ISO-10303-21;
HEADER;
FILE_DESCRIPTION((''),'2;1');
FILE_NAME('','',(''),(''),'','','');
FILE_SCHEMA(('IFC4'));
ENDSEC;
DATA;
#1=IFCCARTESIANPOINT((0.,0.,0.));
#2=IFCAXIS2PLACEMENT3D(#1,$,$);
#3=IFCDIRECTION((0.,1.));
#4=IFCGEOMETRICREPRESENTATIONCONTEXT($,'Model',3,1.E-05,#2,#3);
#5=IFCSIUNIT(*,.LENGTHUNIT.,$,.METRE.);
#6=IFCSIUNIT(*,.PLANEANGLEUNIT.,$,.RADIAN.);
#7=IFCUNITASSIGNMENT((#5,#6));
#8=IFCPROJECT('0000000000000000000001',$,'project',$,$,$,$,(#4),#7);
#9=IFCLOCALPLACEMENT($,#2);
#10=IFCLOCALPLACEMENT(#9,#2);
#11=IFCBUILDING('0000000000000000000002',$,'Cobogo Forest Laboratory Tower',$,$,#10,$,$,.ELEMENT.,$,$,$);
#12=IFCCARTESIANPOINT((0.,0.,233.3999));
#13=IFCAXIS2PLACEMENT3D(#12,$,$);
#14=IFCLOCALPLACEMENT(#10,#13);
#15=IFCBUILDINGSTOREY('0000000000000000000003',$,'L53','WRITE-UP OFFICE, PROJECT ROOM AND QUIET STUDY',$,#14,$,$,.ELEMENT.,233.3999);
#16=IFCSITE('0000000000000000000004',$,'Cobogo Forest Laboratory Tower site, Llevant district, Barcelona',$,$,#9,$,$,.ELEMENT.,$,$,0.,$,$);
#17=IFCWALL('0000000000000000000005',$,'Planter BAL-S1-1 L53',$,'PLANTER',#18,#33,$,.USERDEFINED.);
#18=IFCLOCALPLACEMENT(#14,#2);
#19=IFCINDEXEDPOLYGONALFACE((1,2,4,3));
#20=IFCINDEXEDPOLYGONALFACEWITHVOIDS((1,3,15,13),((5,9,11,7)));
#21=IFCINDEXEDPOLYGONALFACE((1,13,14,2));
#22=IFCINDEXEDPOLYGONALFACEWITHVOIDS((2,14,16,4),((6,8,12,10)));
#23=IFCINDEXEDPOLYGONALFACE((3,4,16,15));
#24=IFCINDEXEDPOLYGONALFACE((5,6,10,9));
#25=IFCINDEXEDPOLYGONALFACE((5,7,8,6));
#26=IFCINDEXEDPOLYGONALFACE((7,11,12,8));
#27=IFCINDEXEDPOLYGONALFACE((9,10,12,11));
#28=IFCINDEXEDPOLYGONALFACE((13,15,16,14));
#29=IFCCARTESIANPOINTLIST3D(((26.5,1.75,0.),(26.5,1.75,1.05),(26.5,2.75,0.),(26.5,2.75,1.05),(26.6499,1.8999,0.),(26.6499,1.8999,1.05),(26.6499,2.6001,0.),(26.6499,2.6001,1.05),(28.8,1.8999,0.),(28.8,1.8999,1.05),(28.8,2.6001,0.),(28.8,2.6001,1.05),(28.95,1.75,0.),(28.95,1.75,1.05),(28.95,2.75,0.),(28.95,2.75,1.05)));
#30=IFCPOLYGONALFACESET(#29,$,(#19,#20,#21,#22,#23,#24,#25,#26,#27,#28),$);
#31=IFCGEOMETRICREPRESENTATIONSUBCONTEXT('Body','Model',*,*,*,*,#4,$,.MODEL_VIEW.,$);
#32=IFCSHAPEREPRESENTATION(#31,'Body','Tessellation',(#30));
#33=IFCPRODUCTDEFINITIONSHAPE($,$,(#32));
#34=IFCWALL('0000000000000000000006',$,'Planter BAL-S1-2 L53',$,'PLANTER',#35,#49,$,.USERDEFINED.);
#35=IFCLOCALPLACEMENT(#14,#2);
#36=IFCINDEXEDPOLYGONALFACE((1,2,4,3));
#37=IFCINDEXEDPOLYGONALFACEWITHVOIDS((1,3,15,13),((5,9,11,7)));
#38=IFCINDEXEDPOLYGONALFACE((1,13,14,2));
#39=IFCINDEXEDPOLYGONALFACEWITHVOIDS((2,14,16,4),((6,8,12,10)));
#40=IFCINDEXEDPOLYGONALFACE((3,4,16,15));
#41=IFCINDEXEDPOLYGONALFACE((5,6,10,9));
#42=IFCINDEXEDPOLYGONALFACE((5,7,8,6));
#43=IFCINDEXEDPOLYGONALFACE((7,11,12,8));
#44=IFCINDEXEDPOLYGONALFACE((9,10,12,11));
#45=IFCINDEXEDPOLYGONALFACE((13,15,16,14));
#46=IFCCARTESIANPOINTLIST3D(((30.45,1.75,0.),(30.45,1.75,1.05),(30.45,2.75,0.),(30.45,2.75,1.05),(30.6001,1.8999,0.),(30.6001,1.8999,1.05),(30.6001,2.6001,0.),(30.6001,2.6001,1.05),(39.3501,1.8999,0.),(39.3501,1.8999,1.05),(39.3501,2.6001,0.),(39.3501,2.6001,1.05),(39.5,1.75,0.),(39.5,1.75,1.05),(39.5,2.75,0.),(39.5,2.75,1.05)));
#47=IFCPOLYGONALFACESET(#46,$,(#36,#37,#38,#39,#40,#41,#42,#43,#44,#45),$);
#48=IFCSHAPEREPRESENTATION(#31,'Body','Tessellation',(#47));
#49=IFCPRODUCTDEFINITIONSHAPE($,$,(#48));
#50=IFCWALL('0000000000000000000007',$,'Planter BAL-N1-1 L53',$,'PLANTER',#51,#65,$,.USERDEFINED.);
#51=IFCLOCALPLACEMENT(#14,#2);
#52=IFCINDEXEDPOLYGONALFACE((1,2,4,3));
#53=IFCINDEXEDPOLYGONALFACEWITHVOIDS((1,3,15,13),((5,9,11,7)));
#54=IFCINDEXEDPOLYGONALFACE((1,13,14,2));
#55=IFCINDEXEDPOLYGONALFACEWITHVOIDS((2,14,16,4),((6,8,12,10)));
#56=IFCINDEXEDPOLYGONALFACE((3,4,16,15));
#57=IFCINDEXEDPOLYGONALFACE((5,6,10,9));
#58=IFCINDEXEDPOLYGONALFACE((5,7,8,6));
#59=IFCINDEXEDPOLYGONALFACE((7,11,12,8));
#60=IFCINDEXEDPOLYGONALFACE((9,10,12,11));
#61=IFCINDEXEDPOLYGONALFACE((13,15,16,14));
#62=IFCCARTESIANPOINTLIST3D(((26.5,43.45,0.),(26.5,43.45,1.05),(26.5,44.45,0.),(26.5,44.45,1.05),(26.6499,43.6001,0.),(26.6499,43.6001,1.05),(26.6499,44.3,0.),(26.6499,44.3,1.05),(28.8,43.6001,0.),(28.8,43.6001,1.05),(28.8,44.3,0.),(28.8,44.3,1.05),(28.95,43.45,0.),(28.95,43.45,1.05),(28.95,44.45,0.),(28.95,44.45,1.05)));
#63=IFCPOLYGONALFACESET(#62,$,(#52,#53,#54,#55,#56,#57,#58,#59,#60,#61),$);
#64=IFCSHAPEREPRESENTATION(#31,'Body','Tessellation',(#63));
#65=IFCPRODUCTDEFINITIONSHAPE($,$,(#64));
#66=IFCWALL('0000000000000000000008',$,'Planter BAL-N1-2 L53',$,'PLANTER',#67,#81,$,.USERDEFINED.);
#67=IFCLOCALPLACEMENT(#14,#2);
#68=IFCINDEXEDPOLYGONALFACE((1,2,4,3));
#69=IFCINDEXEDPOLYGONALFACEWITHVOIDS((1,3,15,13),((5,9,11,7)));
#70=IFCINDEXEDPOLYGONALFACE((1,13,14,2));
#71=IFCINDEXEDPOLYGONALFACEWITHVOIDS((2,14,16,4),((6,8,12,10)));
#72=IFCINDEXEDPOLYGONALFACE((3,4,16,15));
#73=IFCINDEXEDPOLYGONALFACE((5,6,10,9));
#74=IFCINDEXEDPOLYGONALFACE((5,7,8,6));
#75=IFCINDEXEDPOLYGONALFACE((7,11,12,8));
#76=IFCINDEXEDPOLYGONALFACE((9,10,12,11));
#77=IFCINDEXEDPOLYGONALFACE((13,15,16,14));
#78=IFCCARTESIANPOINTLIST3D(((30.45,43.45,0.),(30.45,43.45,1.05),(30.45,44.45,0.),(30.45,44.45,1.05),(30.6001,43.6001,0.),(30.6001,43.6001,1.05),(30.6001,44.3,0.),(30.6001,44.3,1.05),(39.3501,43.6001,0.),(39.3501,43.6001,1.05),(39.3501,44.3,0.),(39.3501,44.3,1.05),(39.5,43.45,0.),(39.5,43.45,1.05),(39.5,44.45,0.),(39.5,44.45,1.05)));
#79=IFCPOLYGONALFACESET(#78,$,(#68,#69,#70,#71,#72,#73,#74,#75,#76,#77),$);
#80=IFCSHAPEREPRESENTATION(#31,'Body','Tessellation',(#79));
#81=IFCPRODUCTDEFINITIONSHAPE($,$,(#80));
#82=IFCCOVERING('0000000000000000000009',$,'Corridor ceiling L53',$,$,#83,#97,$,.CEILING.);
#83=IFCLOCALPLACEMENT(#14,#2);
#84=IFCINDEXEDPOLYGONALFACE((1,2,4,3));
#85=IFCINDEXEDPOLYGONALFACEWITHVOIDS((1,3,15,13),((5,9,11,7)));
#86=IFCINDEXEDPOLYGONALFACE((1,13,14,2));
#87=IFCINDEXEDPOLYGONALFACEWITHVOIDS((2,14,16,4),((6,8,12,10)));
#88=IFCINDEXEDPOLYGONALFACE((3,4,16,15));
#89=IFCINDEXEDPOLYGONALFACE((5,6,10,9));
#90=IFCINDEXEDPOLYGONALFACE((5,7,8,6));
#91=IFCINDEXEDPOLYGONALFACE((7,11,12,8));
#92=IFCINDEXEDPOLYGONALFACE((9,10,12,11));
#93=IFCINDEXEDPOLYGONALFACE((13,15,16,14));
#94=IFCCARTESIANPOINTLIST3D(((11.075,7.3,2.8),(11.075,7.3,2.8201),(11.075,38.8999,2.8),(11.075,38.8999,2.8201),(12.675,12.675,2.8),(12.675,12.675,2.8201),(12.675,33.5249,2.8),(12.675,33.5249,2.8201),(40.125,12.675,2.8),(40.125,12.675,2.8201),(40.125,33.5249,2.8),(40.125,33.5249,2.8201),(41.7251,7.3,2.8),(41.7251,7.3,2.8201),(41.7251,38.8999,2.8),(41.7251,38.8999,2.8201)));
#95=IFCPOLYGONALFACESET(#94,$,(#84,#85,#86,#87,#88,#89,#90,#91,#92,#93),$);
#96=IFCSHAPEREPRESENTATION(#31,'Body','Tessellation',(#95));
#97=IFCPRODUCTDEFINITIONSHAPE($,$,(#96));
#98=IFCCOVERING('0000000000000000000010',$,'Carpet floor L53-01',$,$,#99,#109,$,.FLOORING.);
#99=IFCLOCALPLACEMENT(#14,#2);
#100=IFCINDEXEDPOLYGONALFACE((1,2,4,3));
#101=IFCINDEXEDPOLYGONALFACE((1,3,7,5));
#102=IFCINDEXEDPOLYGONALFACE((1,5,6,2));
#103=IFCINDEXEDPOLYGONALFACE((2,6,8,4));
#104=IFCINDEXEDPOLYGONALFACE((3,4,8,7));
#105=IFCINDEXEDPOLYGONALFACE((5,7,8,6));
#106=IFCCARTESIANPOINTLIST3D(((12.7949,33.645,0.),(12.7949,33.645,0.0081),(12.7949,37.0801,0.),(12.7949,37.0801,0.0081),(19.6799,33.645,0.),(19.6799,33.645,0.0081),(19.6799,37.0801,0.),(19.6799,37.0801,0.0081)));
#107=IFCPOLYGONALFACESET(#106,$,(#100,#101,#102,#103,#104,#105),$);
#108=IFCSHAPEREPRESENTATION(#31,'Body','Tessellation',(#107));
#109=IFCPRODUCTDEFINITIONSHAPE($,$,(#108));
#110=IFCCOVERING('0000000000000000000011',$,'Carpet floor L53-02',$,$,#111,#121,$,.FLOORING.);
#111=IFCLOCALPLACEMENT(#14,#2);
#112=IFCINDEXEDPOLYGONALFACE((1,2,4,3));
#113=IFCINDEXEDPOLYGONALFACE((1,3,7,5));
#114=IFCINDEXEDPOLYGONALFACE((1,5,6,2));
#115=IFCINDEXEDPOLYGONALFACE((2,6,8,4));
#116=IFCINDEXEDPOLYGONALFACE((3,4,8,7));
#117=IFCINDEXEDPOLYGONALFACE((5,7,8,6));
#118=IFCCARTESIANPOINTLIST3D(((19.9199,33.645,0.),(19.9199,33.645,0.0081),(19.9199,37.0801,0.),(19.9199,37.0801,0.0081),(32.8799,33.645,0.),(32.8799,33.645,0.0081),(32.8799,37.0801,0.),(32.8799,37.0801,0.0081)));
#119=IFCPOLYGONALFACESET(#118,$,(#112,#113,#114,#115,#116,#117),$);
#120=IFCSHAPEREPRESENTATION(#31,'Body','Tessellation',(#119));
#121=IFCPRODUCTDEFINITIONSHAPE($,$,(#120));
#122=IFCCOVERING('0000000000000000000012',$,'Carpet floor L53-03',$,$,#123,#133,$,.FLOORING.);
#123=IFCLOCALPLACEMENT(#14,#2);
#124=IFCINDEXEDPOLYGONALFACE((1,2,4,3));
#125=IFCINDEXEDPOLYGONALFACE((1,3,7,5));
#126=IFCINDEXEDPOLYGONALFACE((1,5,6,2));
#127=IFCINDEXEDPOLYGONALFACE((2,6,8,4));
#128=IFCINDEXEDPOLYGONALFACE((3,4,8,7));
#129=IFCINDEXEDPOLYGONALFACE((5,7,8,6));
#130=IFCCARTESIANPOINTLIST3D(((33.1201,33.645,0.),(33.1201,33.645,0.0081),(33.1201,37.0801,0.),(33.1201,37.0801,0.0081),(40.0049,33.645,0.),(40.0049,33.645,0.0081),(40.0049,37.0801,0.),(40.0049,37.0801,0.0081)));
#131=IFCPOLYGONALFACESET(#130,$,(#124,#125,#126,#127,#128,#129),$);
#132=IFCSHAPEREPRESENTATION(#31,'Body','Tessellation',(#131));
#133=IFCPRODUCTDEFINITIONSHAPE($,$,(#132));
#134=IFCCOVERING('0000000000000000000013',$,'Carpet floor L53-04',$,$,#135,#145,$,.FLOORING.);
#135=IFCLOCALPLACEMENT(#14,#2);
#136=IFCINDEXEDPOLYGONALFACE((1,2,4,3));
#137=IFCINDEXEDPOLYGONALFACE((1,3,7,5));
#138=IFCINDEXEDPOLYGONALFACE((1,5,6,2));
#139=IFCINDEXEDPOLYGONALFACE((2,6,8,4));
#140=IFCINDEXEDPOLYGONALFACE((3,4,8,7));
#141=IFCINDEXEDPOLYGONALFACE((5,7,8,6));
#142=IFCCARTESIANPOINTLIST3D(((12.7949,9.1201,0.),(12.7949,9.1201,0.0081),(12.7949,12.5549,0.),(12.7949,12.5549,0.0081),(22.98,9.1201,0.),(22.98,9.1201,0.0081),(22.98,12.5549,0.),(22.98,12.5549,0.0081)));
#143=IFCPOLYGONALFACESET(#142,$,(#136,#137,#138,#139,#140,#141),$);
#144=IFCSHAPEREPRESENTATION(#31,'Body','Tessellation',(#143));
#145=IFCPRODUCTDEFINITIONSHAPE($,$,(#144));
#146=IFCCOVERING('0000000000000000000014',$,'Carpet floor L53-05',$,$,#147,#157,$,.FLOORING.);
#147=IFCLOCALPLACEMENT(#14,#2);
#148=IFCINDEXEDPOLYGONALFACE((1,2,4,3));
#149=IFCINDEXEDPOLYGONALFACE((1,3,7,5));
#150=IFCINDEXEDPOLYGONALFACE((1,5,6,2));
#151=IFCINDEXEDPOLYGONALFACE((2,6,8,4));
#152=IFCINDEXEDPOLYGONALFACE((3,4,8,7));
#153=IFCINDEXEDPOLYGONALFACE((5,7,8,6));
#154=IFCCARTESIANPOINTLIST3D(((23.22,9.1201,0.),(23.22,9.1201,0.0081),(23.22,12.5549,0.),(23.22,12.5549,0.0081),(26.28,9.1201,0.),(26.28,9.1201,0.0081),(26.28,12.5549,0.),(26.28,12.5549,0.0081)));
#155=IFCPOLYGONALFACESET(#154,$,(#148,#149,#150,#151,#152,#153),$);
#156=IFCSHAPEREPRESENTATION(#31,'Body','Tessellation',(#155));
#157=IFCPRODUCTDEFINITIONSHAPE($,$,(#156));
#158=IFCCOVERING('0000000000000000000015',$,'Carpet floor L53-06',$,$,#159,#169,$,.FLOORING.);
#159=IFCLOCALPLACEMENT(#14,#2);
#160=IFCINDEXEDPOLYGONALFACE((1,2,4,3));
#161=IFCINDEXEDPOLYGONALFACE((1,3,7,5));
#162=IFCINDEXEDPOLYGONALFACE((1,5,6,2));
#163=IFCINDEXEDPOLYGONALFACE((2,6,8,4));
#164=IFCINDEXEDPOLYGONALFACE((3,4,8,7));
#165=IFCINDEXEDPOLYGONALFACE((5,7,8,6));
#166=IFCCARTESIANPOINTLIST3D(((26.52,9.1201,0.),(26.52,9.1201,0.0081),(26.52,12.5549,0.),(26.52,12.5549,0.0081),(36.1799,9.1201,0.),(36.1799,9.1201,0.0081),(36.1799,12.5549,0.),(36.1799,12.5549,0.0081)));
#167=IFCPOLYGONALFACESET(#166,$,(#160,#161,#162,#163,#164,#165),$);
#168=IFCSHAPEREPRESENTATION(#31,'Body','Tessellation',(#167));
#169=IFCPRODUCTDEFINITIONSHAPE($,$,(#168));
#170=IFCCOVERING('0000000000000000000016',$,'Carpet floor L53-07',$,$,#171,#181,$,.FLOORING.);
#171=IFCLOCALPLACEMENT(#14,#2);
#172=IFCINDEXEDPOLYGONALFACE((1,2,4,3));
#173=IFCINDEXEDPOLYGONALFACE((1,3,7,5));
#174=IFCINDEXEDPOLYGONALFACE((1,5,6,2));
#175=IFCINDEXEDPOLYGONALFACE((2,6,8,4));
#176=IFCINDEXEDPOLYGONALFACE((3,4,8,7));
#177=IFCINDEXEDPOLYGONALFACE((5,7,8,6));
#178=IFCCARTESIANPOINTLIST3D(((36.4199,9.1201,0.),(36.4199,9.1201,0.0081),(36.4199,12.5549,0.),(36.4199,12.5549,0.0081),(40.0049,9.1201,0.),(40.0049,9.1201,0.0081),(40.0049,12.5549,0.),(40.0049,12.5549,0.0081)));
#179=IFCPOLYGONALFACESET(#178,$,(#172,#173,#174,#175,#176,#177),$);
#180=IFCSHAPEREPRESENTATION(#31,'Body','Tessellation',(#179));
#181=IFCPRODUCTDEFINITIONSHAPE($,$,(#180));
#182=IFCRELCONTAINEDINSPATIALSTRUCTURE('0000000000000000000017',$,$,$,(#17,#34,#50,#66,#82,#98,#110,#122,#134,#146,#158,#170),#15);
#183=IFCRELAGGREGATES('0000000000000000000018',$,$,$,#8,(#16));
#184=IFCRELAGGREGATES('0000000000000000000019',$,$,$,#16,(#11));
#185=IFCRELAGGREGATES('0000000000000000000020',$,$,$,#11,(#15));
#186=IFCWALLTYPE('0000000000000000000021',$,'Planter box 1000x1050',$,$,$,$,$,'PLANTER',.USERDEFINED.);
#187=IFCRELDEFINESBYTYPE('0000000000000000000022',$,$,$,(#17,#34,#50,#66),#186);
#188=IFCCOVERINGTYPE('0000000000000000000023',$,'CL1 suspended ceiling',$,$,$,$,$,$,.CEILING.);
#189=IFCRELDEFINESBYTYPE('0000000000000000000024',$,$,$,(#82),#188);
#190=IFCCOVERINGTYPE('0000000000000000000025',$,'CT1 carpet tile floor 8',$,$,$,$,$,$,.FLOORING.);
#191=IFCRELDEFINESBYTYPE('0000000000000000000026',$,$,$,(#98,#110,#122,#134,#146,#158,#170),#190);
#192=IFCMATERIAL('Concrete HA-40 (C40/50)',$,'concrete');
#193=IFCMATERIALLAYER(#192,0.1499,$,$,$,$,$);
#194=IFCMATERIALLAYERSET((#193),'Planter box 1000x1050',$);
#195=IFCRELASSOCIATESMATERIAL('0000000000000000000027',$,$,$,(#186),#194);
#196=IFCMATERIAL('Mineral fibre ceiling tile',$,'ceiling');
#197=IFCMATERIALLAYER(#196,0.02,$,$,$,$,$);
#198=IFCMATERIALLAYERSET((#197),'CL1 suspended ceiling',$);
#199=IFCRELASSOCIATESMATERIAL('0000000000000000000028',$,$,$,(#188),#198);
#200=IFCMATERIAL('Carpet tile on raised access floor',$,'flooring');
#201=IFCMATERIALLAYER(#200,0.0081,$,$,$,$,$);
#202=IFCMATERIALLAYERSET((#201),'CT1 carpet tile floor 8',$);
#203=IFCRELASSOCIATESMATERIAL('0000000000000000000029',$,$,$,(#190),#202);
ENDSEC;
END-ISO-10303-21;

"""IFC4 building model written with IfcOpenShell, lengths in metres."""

from ifc_helpers import new_model, si_unit, direction, frame, origin, place, context, subcontext, project, spatial, polyline, outline, extrude, material, layer, layer_set, type_object, element, save


model = new_model("IFC4")

# Units and contexts
model_context = context("Model", 3, precision=1e-05, world=origin(), true_north=direction((0.0, 1.0)))
body_context = subcontext(model_context, "Body", "Model", "MODEL_VIEW")
ifc_project = project(units=[si_unit("LENGTHUNIT", "METRE"), si_unit("PLANEANGLEUNIT", "RADIAN")], contexts=[model_context])

# Site, building, storey
site_placement = place(None, origin())
site = spatial("IfcSite", under=ifc_project, at=site_placement, Name="Cobogo Forest Laboratory Tower site, Llevant district, Barcelona", CompositionType="ELEMENT", RefElevation=0.0)
building_placement = place(site_placement, origin())
building = spatial("IfcBuilding", under=site, at=building_placement, Name="Cobogo Forest Laboratory Tower", CompositionType="ELEMENT")
storey_placement = place(building_placement, frame((0.0, 0.0, 233.3999)))
storey = spatial("IfcBuildingStorey", under=building, at=storey_placement, Name="L53", Description="WRITE-UP OFFICE, PROJECT ROOM AND QUIET STUDY", CompositionType="ELEMENT", Elevation=233.3999)

# Shared definitions
ifc_material_1 = material(Name="Concrete HA-40 (C40/50)", Category="concrete")

# Walls
ifc_layer_1 = layer(ifc_material_1, 0.1499)
ifc_layer_set_1 = layer_set([ifc_layer_1], Name="Planter box 1000x1050")
wall_type = type_object("IfcWallType", Name="Planter box 1000x1050", ElementType="PLANTER", PredefinedType="USERDEFINED", material=ifc_layer_set_1)
wall_1_placement = place(storey_placement, origin())
element("IfcWall", 1, at=wall_1_placement, inside=storey, type_object=wall_type, Name="Planter BAL-S1-1 L53", ObjectType="PLANTER", PredefinedType="USERDEFINED", context=body_context, shape_type="SweptSolid", body=[
    extrude(outline(polyline([(26.5, 1.75), (28.95, 1.75), (28.95, 2.75), (26.5, 2.75), (26.5, 1.75)]), holes=[polyline([(26.6499, 1.8999), (28.8, 1.8999), (28.8, 2.6001), (26.6499, 2.6001), (26.6499, 1.8999)])]), origin(), (0.0, 0.0, 1.0), 1.05),
])
wall_2_placement = place(storey_placement, origin())
element("IfcWall", 2, at=wall_2_placement, inside=storey, type_object=wall_type, Name="Planter BAL-S1-2 L53", ObjectType="PLANTER", PredefinedType="USERDEFINED", context=body_context, shape_type="SweptSolid", body=[
    extrude(outline(polyline([(30.45, 1.75), (39.5, 1.75), (39.5, 2.75), (30.45, 2.75), (30.45, 1.75)]), holes=[polyline([(30.6001, 1.8999), (39.3501, 1.8999), (39.3501, 2.6001), (30.6001, 2.6001), (30.6001, 1.8999)])]), origin(), (0.0, 0.0, 1.0), 1.05),
])
wall_3_placement = place(storey_placement, origin())
element("IfcWall", 3, at=wall_3_placement, inside=storey, type_object=wall_type, Name="Planter BAL-N1-1 L53", ObjectType="PLANTER", PredefinedType="USERDEFINED", context=body_context, shape_type="SweptSolid", body=[
    extrude(outline(polyline([(26.5, 43.45), (28.95, 43.45), (28.95, 44.45), (26.5, 44.45), (26.5, 43.45)]), holes=[polyline([(26.6499, 43.6001), (28.8, 43.6001), (28.8, 44.3), (26.6499, 44.3), (26.6499, 43.6001)])]), origin(), (0.0, 0.0, 1.0), 1.05),
])
wall_4_placement = place(storey_placement, origin())
element("IfcWall", 4, at=wall_4_placement, inside=storey, type_object=wall_type, Name="Planter BAL-N1-2 L53", ObjectType="PLANTER", PredefinedType="USERDEFINED", context=body_context, shape_type="SweptSolid", body=[
    extrude(outline(polyline([(30.45, 43.45), (39.5, 43.45), (39.5, 44.45), (30.45, 44.45), (30.45, 43.45)]), holes=[polyline([(30.6001, 43.6001), (39.3501, 43.6001), (39.3501, 44.3), (30.6001, 44.3), (30.6001, 43.6001)])]), origin(), (0.0, 0.0, 1.0), 1.05),
])

# Coverings
ifc_material_2 = material(Name="Mineral fibre ceiling tile", Category="ceiling")
ifc_layer_2 = layer(ifc_material_2, 0.02)
ifc_layer_set_2 = layer_set([ifc_layer_2], Name="CL1 suspended ceiling")
covering_type_1 = type_object("IfcCoveringType", Name="CL1 suspended ceiling", PredefinedType="CEILING", material=ifc_layer_set_2)
covering_1_placement = place(storey_placement, frame((0.0, 0.0, 2.8)))
element("IfcCovering", 5, at=covering_1_placement, inside=storey, type_object=covering_type_1, Name="Corridor ceiling L53", PredefinedType="CEILING", context=body_context, shape_type="SweptSolid", body=[
    extrude(outline(polyline([(11.075, 7.3), (11.075, 38.8999), (41.7251, 38.8999), (41.7251, 7.3), (11.075, 7.3)]), holes=[polyline([(40.125, 33.5249), (12.675, 33.5249), (12.675, 12.675), (40.125, 12.675), (40.125, 33.5249)])]), origin(), (0.0, 0.0, 1.0), 0.02),
])
ifc_material_3 = material(Name="Carpet tile on raised access floor", Category="flooring")
ifc_layer_3 = layer(ifc_material_3, 0.0081)
ifc_layer_set_3 = layer_set([ifc_layer_3], Name="CT1 carpet tile floor 8")
covering_type_2 = type_object("IfcCoveringType", Name="CT1 carpet tile floor 8", PredefinedType="FLOORING", material=ifc_layer_set_3)
covering_2_placement = place(storey_placement, origin())
element("IfcCovering", 6, at=covering_2_placement, inside=storey, type_object=covering_type_2, Name="Carpet floor L53-01", PredefinedType="FLOORING", context=body_context, shape_type="SweptSolid", body=[
    extrude(outline(polyline([(19.6799, 33.645), (12.7949, 33.645), (12.7949, 37.0801), (19.6799, 37.0801), (19.6799, 33.645)])), origin(), (0.0, 0.0, 1.0), 0.0081),
])
covering_3_placement = place(storey_placement, origin())
element("IfcCovering", 7, at=covering_3_placement, inside=storey, type_object=covering_type_2, Name="Carpet floor L53-02", PredefinedType="FLOORING", context=body_context, shape_type="SweptSolid", body=[
    extrude(outline(polyline([(32.8799, 33.645), (19.9199, 33.645), (19.9199, 37.0801), (32.8799, 37.0801), (32.8799, 33.645)])), origin(), (0.0, 0.0, 1.0), 0.0081),
])
covering_4_placement = place(storey_placement, origin())
element("IfcCovering", 8, at=covering_4_placement, inside=storey, type_object=covering_type_2, Name="Carpet floor L53-03", PredefinedType="FLOORING", context=body_context, shape_type="SweptSolid", body=[
    extrude(outline(polyline([(40.0049, 33.645), (33.1201, 33.645), (33.1201, 37.0801), (40.0049, 37.0801), (40.0049, 33.645)])), origin(), (0.0, 0.0, 1.0), 0.0081),
])
covering_5_placement = place(storey_placement, origin())
element("IfcCovering", 9, at=covering_5_placement, inside=storey, type_object=covering_type_2, Name="Carpet floor L53-04", PredefinedType="FLOORING", context=body_context, shape_type="SweptSolid", body=[
    extrude(outline(polyline([(22.98, 9.1201), (12.7949, 9.1201), (12.7949, 12.5549), (22.98, 12.5549), (22.98, 9.1201)])), origin(), (0.0, 0.0, 1.0), 0.0081),
])
covering_6_placement = place(storey_placement, origin())
element("IfcCovering", 10, at=covering_6_placement, inside=storey, type_object=covering_type_2, Name="Carpet floor L53-05", PredefinedType="FLOORING", context=body_context, shape_type="SweptSolid", body=[
    extrude(outline(polyline([(26.28, 9.1201), (23.22, 9.1201), (23.22, 12.5549), (26.28, 12.5549), (26.28, 9.1201)])), origin(), (0.0, 0.0, 1.0), 0.0081),
])
covering_7_placement = place(storey_placement, origin())
element("IfcCovering", 11, at=covering_7_placement, inside=storey, type_object=covering_type_2, Name="Carpet floor L53-06", PredefinedType="FLOORING", context=body_context, shape_type="SweptSolid", body=[
    extrude(outline(polyline([(36.1799, 9.1201), (26.52, 9.1201), (26.52, 12.5549), (36.1799, 12.5549), (36.1799, 9.1201)])), origin(), (0.0, 0.0, 1.0), 0.0081),
])
covering_8_placement = place(storey_placement, origin())
element("IfcCovering", 12, at=covering_8_placement, inside=storey, type_object=covering_type_2, Name="Carpet floor L53-07", PredefinedType="FLOORING", context=body_context, shape_type="SweptSolid", body=[
    extrude(outline(polyline([(40.0049, 9.1201), (36.4199, 9.1201), (36.4199, 12.5549), (40.0049, 12.5549), (40.0049, 9.1201)])), origin(), (0.0, 0.0, 1.0), 0.0081),
])

save(model, "model.ifc")
